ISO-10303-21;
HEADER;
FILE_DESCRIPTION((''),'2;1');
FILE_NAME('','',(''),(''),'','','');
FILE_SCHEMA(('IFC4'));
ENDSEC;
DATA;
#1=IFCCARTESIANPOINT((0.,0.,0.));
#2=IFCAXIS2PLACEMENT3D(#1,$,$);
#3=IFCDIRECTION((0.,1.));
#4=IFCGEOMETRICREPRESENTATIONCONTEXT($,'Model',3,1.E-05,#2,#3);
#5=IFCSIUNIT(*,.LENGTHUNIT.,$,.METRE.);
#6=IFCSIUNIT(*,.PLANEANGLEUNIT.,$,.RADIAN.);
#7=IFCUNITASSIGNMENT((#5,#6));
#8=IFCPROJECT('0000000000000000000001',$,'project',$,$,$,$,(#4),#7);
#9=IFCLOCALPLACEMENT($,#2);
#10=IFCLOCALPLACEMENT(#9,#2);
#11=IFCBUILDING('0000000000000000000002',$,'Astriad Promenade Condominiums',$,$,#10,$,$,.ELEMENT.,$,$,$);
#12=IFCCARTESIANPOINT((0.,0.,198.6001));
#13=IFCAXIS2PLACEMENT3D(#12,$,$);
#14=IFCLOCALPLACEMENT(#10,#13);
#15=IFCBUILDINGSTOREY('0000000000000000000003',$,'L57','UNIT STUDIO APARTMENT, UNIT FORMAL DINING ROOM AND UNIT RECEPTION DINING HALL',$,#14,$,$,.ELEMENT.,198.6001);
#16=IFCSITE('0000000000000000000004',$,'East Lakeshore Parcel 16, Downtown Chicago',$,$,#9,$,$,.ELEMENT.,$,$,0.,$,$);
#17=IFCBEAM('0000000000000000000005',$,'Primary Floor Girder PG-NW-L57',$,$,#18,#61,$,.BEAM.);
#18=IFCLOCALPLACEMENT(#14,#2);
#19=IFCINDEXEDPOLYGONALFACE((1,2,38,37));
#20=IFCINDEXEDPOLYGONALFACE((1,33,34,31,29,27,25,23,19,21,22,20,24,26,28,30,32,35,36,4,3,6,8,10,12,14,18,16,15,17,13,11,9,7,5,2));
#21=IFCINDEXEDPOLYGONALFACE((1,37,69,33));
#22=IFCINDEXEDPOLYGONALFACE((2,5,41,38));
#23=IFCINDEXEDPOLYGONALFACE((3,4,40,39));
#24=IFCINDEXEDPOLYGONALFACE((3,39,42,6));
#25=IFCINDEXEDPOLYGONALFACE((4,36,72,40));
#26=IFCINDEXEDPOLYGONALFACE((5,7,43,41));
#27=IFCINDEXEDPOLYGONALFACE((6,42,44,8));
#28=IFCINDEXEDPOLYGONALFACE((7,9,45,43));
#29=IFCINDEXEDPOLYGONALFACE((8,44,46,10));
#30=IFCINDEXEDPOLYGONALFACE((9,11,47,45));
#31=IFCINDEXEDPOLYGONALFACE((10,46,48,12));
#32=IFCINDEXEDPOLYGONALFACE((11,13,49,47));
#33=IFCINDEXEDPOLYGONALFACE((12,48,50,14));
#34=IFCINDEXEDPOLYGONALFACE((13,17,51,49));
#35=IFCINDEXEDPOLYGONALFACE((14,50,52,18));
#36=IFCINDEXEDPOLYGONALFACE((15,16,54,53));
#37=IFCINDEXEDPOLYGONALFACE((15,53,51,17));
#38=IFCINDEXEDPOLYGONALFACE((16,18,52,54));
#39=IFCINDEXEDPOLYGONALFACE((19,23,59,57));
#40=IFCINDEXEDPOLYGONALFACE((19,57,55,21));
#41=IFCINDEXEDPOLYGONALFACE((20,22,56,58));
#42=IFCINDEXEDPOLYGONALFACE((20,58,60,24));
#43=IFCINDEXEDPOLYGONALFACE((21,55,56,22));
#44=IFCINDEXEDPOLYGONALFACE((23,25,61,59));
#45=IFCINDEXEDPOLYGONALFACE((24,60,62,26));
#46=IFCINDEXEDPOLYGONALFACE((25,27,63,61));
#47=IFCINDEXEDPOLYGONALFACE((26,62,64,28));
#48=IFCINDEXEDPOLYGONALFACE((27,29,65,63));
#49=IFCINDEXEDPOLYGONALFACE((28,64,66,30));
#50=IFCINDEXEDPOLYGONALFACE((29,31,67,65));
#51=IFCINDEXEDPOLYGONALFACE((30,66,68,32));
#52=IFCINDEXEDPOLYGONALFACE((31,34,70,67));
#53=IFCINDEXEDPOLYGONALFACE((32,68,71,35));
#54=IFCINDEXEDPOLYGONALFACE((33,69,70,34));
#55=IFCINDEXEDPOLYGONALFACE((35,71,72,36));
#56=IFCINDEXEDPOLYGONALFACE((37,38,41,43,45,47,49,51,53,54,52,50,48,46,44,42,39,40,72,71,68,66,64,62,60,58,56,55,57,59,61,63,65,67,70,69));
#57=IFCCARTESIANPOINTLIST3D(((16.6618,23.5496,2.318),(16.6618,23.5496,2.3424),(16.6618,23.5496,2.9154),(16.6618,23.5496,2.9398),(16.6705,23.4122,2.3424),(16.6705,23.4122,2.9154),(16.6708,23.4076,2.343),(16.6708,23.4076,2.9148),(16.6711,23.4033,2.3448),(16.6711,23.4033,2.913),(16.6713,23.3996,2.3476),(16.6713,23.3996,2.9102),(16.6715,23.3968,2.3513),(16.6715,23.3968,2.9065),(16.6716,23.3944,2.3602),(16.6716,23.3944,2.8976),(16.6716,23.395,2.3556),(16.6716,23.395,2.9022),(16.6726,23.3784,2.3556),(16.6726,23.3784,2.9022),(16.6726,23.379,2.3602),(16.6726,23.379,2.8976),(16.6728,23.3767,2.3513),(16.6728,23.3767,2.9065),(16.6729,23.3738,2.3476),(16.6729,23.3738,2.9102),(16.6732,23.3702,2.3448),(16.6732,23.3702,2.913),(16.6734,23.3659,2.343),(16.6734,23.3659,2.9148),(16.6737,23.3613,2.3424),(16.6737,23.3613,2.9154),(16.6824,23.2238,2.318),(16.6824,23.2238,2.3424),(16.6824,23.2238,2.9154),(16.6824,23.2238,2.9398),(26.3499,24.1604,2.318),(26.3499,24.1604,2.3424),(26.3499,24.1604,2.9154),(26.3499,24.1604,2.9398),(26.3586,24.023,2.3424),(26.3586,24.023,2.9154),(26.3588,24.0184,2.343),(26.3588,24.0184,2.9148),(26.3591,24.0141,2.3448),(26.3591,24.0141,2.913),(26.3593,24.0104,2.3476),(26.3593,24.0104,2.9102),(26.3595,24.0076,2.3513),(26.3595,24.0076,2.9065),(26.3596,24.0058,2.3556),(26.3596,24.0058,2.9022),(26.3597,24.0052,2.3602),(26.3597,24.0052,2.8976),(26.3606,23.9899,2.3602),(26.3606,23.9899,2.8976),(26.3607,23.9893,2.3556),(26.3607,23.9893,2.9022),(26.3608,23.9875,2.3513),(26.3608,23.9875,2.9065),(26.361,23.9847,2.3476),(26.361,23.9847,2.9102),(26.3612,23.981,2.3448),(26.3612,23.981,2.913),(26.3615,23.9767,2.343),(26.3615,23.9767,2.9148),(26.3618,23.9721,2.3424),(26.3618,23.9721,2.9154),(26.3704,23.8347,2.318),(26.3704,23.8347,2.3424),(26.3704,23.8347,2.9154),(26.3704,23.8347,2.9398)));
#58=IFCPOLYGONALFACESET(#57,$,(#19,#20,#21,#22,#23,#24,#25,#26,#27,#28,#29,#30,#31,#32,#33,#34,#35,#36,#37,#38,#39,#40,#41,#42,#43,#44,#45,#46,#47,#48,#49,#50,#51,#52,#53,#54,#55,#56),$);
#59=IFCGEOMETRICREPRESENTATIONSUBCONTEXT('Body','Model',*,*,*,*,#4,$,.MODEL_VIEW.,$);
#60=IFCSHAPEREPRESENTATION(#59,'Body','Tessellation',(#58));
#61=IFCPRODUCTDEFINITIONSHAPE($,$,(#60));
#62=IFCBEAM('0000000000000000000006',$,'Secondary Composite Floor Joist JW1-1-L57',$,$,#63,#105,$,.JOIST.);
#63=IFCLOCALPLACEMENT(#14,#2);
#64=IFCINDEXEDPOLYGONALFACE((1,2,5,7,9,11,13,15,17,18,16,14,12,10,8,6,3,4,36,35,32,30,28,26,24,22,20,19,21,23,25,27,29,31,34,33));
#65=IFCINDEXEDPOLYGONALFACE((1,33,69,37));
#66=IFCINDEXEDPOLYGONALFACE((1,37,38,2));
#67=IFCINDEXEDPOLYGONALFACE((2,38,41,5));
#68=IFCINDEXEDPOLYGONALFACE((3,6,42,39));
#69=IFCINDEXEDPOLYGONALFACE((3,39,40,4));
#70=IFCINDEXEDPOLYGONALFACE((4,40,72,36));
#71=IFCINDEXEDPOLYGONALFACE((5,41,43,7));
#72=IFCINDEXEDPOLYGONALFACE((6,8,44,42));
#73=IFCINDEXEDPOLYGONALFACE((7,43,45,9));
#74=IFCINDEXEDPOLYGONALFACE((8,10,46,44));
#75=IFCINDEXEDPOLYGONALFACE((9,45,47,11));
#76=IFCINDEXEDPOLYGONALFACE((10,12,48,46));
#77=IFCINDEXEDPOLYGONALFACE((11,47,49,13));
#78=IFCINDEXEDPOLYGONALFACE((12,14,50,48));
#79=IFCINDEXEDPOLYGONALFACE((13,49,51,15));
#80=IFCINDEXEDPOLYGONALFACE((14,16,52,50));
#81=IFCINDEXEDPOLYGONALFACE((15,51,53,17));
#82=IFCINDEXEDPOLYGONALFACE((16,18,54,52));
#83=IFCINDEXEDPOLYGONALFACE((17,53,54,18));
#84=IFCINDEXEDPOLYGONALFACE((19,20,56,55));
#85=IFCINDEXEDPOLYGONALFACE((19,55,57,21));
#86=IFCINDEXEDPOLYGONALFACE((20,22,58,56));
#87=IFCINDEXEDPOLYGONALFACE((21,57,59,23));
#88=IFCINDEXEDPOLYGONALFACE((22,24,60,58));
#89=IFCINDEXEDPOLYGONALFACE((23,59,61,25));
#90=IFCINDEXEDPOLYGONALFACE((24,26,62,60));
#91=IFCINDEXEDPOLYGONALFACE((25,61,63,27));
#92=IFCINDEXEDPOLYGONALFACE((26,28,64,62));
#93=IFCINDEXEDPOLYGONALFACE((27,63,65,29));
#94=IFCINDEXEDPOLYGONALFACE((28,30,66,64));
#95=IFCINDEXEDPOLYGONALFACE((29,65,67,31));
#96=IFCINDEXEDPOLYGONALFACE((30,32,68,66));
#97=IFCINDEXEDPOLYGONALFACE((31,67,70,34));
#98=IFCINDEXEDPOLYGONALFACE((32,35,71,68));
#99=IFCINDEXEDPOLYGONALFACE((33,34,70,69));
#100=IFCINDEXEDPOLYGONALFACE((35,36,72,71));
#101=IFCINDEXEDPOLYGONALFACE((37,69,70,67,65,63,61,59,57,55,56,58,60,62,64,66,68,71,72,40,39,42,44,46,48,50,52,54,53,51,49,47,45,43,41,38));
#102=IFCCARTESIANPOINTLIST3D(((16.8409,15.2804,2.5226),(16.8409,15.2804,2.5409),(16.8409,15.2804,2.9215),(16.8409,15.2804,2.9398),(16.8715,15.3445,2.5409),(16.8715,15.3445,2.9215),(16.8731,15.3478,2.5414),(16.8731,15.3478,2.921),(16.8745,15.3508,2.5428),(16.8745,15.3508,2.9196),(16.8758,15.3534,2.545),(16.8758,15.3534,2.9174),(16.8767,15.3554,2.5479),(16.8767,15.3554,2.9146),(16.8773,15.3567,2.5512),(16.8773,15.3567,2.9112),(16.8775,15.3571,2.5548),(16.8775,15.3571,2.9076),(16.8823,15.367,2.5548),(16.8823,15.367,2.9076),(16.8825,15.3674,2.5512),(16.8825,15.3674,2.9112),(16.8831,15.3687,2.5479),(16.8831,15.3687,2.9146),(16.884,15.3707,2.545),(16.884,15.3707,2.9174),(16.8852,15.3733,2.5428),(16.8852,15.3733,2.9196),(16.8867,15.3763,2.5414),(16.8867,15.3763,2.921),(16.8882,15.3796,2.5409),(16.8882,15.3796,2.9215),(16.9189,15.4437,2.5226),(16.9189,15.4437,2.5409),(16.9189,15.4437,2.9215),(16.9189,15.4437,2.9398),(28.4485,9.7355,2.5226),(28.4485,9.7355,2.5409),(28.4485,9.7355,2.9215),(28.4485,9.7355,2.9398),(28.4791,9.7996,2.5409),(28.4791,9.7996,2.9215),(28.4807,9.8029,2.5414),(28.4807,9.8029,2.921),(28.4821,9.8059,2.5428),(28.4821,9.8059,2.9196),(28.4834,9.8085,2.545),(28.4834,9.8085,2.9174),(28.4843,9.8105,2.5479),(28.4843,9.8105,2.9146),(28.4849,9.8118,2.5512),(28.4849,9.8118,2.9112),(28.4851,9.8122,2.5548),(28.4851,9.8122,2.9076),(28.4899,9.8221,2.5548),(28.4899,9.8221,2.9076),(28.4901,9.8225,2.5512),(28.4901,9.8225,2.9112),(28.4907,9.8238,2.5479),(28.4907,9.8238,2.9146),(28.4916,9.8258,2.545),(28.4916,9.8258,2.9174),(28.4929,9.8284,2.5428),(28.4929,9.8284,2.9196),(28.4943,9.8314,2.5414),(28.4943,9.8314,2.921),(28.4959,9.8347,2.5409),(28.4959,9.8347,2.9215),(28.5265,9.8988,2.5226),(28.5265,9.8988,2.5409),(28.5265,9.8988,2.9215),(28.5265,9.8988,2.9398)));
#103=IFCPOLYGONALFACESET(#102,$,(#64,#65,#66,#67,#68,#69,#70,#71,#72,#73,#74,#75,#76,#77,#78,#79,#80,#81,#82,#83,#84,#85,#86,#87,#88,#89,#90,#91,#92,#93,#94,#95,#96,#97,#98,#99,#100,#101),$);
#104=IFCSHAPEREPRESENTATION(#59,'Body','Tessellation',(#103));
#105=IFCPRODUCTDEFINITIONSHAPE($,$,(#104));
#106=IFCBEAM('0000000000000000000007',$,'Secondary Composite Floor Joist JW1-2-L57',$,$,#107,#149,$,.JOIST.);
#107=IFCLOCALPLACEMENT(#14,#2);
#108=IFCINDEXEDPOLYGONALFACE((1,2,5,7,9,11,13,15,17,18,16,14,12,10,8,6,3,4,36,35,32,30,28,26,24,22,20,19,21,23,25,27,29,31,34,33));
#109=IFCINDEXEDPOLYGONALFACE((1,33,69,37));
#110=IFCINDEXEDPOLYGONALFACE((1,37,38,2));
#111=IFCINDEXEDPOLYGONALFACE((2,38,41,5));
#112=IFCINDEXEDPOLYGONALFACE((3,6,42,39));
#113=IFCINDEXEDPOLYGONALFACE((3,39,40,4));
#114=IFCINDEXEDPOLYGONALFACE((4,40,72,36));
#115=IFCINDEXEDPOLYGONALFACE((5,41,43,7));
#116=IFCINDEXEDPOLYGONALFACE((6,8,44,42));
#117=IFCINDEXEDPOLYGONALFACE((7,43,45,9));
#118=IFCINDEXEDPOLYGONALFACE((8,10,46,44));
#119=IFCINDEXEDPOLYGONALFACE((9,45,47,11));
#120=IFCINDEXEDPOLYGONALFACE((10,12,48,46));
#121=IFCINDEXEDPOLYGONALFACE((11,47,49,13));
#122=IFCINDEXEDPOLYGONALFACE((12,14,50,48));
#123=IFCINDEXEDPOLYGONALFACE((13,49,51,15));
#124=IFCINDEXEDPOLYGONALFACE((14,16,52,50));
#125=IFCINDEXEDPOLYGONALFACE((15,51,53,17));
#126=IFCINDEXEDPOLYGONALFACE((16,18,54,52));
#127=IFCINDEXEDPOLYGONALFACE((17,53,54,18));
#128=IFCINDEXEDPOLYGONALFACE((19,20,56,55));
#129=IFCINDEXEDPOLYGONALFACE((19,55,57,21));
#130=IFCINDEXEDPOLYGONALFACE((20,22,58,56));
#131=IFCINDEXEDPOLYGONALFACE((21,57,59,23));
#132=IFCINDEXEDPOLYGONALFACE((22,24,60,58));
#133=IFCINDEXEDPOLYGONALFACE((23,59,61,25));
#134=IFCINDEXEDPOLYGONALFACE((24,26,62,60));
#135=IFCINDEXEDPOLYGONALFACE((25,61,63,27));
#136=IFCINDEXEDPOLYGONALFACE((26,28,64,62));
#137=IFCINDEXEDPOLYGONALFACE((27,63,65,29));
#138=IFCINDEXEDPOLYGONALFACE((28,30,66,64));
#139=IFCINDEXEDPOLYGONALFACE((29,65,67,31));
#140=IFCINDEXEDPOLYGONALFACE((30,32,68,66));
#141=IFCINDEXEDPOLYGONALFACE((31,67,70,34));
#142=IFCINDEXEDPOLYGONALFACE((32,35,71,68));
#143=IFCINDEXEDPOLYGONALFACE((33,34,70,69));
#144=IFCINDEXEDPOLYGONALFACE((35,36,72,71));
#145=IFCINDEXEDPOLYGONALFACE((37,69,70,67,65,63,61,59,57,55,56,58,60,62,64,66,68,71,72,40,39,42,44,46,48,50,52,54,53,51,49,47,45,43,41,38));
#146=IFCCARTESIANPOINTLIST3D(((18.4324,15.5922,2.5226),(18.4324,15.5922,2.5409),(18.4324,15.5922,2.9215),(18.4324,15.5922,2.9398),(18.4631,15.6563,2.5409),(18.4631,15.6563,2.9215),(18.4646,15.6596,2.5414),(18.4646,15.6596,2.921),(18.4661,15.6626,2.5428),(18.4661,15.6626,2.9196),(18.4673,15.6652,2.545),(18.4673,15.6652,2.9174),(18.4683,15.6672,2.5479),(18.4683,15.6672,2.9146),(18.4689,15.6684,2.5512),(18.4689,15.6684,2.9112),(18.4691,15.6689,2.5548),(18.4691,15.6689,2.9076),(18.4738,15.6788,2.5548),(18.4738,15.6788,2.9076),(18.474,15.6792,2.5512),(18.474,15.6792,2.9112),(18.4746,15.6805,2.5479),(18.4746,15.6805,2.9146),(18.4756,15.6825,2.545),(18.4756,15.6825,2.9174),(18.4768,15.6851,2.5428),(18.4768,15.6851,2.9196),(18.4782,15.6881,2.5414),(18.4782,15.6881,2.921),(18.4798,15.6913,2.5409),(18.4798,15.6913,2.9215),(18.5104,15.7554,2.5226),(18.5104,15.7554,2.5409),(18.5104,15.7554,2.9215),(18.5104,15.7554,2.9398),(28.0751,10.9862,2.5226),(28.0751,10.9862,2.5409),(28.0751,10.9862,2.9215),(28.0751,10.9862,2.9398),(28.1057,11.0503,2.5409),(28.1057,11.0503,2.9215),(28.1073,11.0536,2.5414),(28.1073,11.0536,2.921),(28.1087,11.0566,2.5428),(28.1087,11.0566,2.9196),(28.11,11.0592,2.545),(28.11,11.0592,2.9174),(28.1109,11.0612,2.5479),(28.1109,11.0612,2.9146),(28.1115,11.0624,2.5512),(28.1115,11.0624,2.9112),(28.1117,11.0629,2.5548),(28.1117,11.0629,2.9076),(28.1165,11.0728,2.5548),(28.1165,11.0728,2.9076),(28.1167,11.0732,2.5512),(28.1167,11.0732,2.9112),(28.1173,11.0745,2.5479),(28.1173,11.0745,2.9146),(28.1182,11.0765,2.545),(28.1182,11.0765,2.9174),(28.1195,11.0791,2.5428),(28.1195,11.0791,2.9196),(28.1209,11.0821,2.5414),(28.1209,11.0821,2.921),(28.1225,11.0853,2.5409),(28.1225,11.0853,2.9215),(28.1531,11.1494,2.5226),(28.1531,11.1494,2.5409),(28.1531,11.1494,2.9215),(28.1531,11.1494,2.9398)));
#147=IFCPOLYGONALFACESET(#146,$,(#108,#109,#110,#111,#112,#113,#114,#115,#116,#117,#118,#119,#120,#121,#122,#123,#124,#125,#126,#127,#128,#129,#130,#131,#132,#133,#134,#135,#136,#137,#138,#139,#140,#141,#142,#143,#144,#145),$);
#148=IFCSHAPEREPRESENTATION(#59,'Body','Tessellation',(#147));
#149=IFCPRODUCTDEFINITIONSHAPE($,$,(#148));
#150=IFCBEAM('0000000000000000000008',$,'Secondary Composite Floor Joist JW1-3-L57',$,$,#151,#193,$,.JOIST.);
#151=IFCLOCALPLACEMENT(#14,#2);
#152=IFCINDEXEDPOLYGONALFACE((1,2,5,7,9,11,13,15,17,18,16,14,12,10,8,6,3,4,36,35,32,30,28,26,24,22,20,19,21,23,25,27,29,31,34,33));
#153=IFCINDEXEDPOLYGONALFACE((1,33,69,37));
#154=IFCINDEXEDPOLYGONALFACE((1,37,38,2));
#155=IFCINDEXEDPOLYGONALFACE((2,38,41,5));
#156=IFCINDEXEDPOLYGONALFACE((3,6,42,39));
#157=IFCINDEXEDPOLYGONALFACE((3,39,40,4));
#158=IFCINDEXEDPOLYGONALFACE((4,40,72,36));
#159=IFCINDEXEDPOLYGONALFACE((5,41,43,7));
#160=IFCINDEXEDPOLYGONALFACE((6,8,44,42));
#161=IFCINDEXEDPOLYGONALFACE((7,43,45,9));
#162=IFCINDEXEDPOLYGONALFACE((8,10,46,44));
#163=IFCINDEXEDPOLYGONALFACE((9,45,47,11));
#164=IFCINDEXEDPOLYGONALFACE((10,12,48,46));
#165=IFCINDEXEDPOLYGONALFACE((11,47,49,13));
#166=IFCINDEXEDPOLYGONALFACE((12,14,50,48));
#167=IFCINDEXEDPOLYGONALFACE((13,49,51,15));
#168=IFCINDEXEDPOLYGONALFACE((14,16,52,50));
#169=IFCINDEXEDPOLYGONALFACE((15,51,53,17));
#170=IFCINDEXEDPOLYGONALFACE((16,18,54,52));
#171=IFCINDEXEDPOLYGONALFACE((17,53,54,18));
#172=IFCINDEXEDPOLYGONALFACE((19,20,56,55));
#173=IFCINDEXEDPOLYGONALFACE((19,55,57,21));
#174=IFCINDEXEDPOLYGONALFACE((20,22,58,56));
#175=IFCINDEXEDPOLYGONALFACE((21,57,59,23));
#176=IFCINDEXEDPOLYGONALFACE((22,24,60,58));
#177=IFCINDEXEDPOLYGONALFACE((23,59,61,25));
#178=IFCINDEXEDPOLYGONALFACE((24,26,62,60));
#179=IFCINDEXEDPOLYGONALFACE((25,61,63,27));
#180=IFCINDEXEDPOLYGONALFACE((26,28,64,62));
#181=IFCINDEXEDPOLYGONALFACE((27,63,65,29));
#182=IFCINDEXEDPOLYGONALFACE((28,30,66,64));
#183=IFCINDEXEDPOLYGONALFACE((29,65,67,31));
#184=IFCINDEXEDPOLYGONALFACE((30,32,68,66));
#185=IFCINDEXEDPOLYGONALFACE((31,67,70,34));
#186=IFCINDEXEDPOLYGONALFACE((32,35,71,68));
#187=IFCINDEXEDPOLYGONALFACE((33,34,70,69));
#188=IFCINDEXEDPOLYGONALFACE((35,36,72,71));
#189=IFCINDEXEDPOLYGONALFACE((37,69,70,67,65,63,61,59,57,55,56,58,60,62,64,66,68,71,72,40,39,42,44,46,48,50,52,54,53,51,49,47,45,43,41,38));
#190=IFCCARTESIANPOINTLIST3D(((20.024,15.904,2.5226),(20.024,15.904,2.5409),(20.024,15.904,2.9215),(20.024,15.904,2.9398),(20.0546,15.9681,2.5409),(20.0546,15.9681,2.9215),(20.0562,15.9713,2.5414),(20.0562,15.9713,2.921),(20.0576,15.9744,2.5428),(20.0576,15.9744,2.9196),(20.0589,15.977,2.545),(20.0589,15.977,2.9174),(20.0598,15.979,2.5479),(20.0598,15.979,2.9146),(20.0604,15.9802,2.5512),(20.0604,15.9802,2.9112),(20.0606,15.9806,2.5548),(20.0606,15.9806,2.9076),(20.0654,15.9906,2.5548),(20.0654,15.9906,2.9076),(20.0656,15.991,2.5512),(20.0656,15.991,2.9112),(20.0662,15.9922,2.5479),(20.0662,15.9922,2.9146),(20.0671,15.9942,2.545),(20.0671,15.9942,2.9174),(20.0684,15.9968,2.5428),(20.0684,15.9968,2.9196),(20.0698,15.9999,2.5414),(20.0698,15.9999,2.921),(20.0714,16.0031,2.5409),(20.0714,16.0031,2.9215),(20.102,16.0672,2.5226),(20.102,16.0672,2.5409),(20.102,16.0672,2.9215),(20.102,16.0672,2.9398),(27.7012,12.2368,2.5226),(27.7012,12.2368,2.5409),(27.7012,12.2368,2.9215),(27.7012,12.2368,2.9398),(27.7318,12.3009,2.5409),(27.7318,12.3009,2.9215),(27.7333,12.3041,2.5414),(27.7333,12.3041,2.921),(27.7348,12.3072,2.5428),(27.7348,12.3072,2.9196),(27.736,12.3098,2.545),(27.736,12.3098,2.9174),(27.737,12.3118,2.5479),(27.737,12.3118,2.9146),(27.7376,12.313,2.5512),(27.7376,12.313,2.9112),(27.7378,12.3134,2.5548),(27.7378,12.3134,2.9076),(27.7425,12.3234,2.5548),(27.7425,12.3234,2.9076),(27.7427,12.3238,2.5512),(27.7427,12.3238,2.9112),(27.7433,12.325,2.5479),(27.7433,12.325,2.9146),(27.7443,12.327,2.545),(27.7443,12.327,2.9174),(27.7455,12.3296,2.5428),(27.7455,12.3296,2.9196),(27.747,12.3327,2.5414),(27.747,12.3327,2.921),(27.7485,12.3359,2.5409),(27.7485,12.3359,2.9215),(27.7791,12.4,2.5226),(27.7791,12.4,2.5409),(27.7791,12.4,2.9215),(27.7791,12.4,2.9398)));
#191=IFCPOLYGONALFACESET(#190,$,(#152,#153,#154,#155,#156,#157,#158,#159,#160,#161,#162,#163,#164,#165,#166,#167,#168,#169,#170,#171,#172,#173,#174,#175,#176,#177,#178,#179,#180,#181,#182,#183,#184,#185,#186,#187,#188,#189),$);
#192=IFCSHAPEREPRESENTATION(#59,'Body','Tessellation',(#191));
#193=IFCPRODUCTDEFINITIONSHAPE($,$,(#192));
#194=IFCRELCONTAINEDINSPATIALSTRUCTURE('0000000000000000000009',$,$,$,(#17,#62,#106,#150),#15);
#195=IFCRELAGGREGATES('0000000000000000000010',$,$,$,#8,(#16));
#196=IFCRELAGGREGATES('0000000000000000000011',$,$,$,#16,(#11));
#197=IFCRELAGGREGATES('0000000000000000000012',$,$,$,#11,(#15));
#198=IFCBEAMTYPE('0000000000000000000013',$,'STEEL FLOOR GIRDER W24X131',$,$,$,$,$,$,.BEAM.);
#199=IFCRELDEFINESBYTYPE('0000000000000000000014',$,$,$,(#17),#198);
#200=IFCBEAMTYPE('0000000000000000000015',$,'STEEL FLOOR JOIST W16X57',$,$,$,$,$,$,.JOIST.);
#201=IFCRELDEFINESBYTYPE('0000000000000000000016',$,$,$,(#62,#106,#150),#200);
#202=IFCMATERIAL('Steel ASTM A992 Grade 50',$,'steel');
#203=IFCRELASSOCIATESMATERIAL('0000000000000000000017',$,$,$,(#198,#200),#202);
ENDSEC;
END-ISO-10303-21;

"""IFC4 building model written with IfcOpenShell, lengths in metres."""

from ifc_helpers import new_model, si_unit, direction, frame, origin, origin_2d, place, context, subcontext, project, spatial, i_section, extrude, source, transform, mapped, material, material_profile, profile_set, type_object, type_shapes, element, save


model = new_model("IFC4")

# Units and contexts
model_context = context("Model", 3, precision=1e-05, world=origin(), true_north=direction((0.0, 1.0)))
body_context = subcontext(model_context, "Body", "Model", "MODEL_VIEW")
ifc_project = project(units=[si_unit("LENGTHUNIT", "METRE"), si_unit("PLANEANGLEUNIT", "RADIAN")], contexts=[model_context])

# Site, building, storey
site_placement = place(None, origin())
site = spatial("IfcSite", under=ifc_project, at=site_placement, Name="East Lakeshore Parcel 16, Downtown Chicago", CompositionType="ELEMENT", RefElevation=0.0)
building_placement = place(site_placement, origin())
building = spatial("IfcBuilding", under=site, at=building_placement, Name="Astriad Promenade Condominiums", CompositionType="ELEMENT")
storey_placement = place(building_placement, frame((0.0, 0.0, 198.6001)))
storey = spatial("IfcBuildingStorey", under=building, at=storey_placement, Name="L57", Description="UNIT STUDIO APARTMENT, UNIT FORMAL DINING ROOM AND UNIT RECEPTION DINING HALL", CompositionType="ELEMENT", Elevation=198.6001)

# Beams
ifc_material_1 = material(Name="Steel ASTM A992 Grade 50", Category="steel")
ifc_material_profile_1 = material_profile(ifc_material_1, i_section(OverallWidth=0.3264, OverallDepth=0.6218, WebThickness=0.0154, FlangeThickness=0.0244, FilletRadius=0.0178, at=origin_2d()), Name="W24X131")
ifc_profile_set_1 = profile_set([ifc_material_profile_1], Name="Steel ASTM A992 Grade 50")
beam_type_1 = type_object("IfcBeamType", Name="STEEL FLOOR GIRDER W24X131", PredefinedType="BEAM", material=ifc_profile_set_1)
shared_shape_1 = source(origin(), body_context, "Body", "SweptSolid", [
    extrude(i_section(OverallWidth=0.3264, OverallDepth=0.6218, WebThickness=0.0154, FlangeThickness=0.0244, FilletRadius=0.0178, at=origin_2d()), origin(), (0.0, 0.0, 1.0), 9.7073),
])
type_shapes(beam_type_1, [shared_shape_1])
beam_1_placement = place(storey_placement, frame((16.6721, 23.3867, 2.6289), z_axis=(0.998018, 0.062926, 0.0), x_axis=(-0.062926, 0.998018, 0.0)))
element("IfcBeam", 1, at=beam_1_placement, inside=storey, type_object=beam_type_1, Name="Primary Floor Girder PG-NW-L57", PredefinedType="BEAM", context=body_context, shape_type="MappedRepresentation", body=[
    mapped(shared_shape_1, transform((0.0, 0.0, 0.0), scale=1.0)),
])
ifc_material_profile_2 = material_profile(ifc_material_1, i_section(OverallWidth=0.1809, OverallDepth=0.4172, WebThickness=0.011, FlangeThickness=0.0183, FilletRadius=0.0139, at=origin_2d()), Name="W16X57")
ifc_profile_set_2 = profile_set([ifc_material_profile_2], Name="Steel ASTM A992 Grade 50")
beam_type_2 = type_object("IfcBeamType", Name="STEEL FLOOR JOIST W16X57", PredefinedType="JOIST", material=ifc_profile_set_2)
shared_shape_2 = source(origin(), body_context, "Body", "SweptSolid", [
    extrude(i_section(OverallWidth=0.1809, OverallDepth=0.4172, WebThickness=0.011, FlangeThickness=0.0183, FilletRadius=0.0139, at=origin_2d()), origin(), (0.0, 0.0, 1.0), 12.864),
])
beam_2_placement = place(storey_placement, frame((16.8799, 15.3621, 2.7312), z_axis=(0.902333, -0.43104, 0.0), x_axis=(0.43104, 0.902333, 0.0)))
element("IfcBeam", 2, at=beam_2_placement, inside=storey, type_object=beam_type_2, Name="Secondary Composite Floor Joist JW1-1-L57", PredefinedType="JOIST", context=body_context, shape_type="MappedRepresentation", body=[
    mapped(shared_shape_2, transform((0.0, 0.0, 0.0), scale=1.0)),
])
shared_shape_3 = source(origin(), body_context, "Body", "SweptSolid", [
    extrude(i_section(OverallWidth=0.1809, OverallDepth=0.4172, WebThickness=0.011, FlangeThickness=0.0183, FilletRadius=0.0139, at=origin_2d()), origin(), (0.0, 0.0, 1.0), 10.6863),
])
beam_3_placement = place(storey_placement, frame((18.4714, 15.6738, 2.7312), z_axis=(0.902342, -0.431021, 0.0), x_axis=(0.431021, 0.902342, 0.0)))
element("IfcBeam", 3, at=beam_3_placement, inside=storey, type_object=beam_type_2, Name="Secondary Composite Floor Joist JW1-2-L57", PredefinedType="JOIST", context=body_context, shape_type="MappedRepresentation", body=[
    mapped(shared_shape_3, transform((0.0, 0.0, 0.0), scale=1.0)),
])
shared_shape_4 = source(origin(), body_context, "Body", "SweptSolid", [
    extrude(i_section(OverallWidth=0.1809, OverallDepth=0.4172, WebThickness=0.011, FlangeThickness=0.0183, FilletRadius=0.0139, at=origin_2d()), origin(), (0.0, 0.0, 1.0), 8.5081),
])
beam_4_placement = place(storey_placement, frame((20.063, 15.9856, 2.7312), z_axis=(0.90234, -0.431026, 0.0), x_axis=(0.431026, 0.90234, 0.0)))
element("IfcBeam", 4, at=beam_4_placement, inside=storey, type_object=beam_type_2, Name="Secondary Composite Floor Joist JW1-3-L57", PredefinedType="JOIST", context=body_context, shape_type="MappedRepresentation", body=[
    mapped(shared_shape_4, transform((0.0, 0.0, 0.0), scale=1.0)),
])

save(model, "model.ifc")
